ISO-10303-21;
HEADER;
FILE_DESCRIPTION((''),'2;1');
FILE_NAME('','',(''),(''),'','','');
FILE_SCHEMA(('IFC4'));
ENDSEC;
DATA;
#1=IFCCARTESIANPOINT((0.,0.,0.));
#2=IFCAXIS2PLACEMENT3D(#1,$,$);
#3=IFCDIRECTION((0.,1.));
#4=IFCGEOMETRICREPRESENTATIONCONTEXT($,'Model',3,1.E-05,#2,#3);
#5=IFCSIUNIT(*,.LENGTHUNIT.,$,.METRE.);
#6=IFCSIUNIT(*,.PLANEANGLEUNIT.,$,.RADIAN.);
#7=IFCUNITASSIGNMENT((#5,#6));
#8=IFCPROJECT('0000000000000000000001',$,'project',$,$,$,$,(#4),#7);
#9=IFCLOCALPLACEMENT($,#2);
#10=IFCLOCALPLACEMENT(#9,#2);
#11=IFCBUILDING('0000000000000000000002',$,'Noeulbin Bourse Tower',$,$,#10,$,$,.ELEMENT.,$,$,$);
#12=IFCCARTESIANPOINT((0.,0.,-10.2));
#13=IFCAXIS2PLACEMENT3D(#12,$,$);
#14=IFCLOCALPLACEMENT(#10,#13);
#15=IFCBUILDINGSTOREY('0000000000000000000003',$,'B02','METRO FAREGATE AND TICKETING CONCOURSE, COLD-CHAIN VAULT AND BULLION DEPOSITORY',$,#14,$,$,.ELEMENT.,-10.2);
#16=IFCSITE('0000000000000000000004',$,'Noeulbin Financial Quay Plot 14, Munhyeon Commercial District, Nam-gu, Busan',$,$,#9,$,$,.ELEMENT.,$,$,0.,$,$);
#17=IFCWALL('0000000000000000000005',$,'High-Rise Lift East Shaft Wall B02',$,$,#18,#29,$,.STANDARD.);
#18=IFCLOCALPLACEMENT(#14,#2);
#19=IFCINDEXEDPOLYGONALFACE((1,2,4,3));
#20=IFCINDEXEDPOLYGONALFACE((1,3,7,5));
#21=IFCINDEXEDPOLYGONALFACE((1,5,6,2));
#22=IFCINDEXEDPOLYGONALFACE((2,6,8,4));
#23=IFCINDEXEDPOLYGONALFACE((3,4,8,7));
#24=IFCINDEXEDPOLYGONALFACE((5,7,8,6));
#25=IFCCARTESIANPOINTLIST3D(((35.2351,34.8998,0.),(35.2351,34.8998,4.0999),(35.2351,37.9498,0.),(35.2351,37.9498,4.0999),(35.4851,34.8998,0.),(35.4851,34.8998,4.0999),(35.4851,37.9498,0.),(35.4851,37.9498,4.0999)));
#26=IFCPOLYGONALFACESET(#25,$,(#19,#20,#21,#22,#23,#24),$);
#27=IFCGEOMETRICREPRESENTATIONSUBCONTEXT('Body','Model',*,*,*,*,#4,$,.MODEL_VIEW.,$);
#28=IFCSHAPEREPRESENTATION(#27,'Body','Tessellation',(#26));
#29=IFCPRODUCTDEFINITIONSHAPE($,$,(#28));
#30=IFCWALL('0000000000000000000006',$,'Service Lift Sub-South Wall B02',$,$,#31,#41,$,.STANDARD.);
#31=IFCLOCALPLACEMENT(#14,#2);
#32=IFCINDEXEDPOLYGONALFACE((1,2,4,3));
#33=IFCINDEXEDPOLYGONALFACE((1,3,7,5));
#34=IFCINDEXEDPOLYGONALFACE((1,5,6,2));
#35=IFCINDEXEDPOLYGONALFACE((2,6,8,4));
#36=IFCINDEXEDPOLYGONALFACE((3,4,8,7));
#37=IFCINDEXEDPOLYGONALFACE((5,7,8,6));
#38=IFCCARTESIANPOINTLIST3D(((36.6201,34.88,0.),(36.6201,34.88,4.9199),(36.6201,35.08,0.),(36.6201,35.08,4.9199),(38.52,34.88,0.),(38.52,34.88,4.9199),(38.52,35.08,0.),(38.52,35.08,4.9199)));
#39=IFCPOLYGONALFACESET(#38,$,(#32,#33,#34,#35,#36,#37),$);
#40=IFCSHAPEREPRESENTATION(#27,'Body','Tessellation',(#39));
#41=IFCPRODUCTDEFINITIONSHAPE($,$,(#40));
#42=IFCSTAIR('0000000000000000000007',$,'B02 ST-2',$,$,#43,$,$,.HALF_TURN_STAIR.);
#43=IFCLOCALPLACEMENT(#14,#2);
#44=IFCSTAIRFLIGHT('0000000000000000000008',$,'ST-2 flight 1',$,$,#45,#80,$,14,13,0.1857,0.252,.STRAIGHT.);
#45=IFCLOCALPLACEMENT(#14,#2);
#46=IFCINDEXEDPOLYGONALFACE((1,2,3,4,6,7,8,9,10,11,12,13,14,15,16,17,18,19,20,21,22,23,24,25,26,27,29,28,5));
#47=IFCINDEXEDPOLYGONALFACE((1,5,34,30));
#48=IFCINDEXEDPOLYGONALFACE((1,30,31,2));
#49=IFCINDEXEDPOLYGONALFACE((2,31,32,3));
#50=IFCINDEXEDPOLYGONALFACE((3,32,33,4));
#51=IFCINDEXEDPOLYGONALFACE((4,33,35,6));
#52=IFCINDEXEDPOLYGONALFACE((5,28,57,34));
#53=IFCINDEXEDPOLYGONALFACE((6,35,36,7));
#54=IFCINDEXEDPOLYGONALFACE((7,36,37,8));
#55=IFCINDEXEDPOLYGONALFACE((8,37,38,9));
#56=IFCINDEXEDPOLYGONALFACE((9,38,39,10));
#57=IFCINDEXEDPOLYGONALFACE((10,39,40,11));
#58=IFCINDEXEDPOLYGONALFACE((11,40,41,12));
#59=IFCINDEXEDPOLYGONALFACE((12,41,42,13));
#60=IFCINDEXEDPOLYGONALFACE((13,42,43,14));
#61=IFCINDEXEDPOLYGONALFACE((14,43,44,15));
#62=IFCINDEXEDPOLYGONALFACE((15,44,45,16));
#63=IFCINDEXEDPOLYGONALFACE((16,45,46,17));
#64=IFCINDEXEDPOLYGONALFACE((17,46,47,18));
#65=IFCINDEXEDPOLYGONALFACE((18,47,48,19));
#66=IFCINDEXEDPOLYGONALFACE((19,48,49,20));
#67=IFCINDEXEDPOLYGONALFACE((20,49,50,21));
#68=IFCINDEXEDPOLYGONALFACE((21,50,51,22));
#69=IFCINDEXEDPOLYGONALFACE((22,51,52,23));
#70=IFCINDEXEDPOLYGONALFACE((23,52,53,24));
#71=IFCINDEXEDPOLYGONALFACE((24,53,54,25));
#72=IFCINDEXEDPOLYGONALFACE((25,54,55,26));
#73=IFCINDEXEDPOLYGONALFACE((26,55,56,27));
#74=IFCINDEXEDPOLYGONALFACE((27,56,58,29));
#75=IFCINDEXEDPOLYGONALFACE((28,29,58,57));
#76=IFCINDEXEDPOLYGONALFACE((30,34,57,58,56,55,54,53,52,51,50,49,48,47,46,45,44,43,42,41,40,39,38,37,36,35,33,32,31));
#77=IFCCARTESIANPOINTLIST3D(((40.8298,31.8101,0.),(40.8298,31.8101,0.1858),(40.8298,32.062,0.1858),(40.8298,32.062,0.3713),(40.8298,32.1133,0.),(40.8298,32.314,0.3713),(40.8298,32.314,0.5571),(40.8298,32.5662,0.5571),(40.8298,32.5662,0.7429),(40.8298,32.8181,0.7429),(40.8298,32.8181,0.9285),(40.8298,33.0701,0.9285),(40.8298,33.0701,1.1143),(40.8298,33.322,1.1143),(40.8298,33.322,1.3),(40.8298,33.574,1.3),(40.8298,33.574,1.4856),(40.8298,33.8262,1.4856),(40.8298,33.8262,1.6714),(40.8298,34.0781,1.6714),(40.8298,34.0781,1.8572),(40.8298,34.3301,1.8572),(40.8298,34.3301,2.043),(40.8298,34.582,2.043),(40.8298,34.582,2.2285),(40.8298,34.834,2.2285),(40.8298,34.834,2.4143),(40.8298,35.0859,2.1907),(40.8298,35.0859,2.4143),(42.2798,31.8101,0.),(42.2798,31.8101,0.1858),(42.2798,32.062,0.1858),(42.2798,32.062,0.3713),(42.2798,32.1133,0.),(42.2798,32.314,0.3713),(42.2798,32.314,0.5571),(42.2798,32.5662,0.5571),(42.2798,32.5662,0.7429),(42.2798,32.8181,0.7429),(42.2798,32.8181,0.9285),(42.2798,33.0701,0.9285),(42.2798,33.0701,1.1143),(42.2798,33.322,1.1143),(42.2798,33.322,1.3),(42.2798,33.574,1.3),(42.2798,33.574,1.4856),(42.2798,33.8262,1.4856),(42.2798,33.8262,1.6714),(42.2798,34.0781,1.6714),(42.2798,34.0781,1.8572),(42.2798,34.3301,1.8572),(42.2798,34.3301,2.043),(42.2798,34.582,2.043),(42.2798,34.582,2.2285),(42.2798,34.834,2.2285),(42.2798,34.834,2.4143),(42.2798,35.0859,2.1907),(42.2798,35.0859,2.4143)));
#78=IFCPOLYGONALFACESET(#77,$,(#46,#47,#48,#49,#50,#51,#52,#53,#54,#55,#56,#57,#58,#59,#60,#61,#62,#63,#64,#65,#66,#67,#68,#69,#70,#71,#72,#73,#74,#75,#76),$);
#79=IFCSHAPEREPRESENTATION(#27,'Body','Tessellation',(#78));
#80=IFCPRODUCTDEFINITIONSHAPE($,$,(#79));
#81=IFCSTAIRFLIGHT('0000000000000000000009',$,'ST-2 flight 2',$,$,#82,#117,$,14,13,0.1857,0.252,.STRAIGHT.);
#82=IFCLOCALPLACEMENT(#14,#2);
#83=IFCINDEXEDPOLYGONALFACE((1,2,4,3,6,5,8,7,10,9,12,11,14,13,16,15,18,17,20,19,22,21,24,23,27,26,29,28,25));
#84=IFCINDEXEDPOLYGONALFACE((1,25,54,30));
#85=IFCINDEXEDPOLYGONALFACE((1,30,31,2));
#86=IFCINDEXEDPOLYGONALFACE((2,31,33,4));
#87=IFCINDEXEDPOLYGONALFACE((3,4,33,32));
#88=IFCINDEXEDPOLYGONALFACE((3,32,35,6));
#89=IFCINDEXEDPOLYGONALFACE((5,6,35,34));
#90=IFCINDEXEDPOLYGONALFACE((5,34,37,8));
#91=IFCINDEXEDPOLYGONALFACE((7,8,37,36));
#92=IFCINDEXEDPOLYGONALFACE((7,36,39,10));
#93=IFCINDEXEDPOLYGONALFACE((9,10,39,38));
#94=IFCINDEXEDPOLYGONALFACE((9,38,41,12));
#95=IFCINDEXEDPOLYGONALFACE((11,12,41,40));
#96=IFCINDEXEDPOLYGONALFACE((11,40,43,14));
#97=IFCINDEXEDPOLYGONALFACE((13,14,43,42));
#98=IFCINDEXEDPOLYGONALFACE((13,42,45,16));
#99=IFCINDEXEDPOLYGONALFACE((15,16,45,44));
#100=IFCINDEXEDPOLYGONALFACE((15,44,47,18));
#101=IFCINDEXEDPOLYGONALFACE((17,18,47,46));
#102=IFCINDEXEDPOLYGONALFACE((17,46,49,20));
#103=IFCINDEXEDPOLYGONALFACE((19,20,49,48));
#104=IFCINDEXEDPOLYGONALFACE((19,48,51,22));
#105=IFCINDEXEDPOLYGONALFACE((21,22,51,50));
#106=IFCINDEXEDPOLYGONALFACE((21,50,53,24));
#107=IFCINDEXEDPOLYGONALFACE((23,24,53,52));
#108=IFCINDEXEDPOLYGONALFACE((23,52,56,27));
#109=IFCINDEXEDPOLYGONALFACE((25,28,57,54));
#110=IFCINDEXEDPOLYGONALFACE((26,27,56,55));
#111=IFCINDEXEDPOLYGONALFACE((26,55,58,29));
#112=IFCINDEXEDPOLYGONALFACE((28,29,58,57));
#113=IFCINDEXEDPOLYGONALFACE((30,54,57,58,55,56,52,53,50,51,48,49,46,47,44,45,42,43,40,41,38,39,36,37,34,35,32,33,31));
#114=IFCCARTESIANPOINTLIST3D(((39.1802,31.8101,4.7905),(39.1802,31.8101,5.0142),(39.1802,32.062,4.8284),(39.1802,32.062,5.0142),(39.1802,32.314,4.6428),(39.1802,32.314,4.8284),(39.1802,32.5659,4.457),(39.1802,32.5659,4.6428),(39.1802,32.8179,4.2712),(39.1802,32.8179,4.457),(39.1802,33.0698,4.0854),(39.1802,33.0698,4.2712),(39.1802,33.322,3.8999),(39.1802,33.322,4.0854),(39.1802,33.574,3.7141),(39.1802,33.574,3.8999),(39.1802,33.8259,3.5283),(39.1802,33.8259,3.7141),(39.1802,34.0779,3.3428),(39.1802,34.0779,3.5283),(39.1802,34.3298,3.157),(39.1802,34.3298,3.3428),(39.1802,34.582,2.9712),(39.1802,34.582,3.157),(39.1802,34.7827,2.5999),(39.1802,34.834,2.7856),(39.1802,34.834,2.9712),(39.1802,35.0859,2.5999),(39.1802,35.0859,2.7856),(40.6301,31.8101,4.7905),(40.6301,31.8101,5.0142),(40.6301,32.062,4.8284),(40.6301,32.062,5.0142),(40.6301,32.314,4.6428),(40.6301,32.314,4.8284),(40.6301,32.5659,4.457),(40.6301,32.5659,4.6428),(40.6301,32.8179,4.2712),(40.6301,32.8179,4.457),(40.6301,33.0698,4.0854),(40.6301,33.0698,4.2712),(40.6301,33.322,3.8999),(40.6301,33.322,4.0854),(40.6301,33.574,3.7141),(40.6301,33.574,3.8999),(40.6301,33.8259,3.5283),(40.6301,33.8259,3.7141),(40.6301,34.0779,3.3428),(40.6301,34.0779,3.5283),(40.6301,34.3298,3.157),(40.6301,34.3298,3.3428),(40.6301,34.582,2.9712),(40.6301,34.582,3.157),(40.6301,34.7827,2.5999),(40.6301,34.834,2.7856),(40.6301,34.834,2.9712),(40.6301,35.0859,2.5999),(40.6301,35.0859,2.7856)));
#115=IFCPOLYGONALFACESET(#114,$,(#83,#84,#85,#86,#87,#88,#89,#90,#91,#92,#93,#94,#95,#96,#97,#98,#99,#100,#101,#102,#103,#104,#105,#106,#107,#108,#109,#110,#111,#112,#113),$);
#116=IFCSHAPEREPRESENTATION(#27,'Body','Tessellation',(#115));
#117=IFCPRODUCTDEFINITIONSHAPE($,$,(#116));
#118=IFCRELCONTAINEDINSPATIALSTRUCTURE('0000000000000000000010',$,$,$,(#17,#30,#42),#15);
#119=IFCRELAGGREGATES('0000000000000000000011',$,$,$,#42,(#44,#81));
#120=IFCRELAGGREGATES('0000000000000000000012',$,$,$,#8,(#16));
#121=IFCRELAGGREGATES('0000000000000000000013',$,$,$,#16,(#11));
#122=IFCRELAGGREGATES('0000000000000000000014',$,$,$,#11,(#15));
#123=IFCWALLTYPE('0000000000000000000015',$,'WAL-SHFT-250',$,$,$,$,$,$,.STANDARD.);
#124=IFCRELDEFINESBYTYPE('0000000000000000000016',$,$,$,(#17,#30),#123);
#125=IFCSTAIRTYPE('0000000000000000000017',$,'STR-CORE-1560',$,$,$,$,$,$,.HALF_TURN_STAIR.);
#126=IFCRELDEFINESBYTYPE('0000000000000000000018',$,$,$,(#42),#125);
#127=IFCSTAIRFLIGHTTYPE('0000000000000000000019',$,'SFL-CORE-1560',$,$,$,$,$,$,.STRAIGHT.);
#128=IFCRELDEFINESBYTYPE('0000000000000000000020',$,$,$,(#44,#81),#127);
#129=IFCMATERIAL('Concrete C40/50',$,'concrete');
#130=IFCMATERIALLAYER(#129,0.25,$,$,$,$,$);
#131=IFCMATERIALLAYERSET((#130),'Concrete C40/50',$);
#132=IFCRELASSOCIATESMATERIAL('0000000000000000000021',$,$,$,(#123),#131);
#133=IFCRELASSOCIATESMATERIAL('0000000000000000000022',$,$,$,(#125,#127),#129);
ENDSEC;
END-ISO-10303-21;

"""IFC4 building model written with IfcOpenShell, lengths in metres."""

from ifc_helpers import new_model, si_unit, direction, frame, frame_2d, origin, place, context, subcontext, project, spatial, polyline, rectangle, outline, extrude, material, layer, layer_set, type_object, element, aggregate, save


model = new_model("IFC4")

# Units and contexts
model_context = context("Model", 3, precision=1e-05, world=origin(), true_north=direction((0.0, 1.0)))
body_context = subcontext(model_context, "Body", "Model", "MODEL_VIEW")
ifc_project = project(units=[si_unit("LENGTHUNIT", "METRE"), si_unit("PLANEANGLEUNIT", "RADIAN")], contexts=[model_context])

# Site, building, storey
site_placement = place(None, origin())
site = spatial("IfcSite", under=ifc_project, at=site_placement, Name="Noeulbin Financial Quay Plot 14, Munhyeon Commercial District, Nam-gu, Busan", CompositionType="ELEMENT", RefElevation=0.0)
building_placement = place(site_placement, origin())
building = spatial("IfcBuilding", under=site, at=building_placement, Name="Noeulbin Bourse Tower", CompositionType="ELEMENT")
storey_placement = place(building_placement, frame((0.0, 0.0, -10.2)))
storey = spatial("IfcBuildingStorey", under=building, at=storey_placement, Name="B02", Description="METRO FAREGATE AND TICKETING CONCOURSE, COLD-CHAIN VAULT AND BULLION DEPOSITORY", CompositionType="ELEMENT", Elevation=-10.2)

# Shared definitions
ifc_material_1 = material(Name="Concrete C40/50", Category="concrete")

# Shared definitions
ifc_layer_1 = layer(ifc_material_1, 0.25)
ifc_layer_set_1 = layer_set([ifc_layer_1], Name="Concrete C40/50")
wall_type_1 = type_object("IfcWallType", Name="WAL-SHFT-250", PredefinedType="STANDARD", material=ifc_layer_set_1)

# Walls
wall_1_placement = place(storey_placement, frame((35.3601, 34.8999, 0.0), z_axis=(0.0, 0.0, 1.0), x_axis=(0.0, 1.0, 0.0)))
element("IfcWall", 1, at=wall_1_placement, inside=storey, type_object=wall_type_1, Name="High-Rise Lift East Shaft Wall B02", PredefinedType="STANDARD", context=body_context, shape_type="SweptSolid", body=[
    extrude(rectangle(XDim=3.05, YDim=0.25, at=frame_2d((1.5249, 0.0))), origin(), (0.0, 0.0, 1.0), 4.0999),
])
wall_2_placement = place(storey_placement, frame((36.6201, 34.98, 0.0), z_axis=(0.0, 0.0, 1.0), x_axis=(1.0, 0.0, 0.0)))
element("IfcWall", 2, at=wall_2_placement, inside=storey, type_object=wall_type_1, Name="Service Lift Sub-South Wall B02", PredefinedType="STANDARD", context=body_context, shape_type="SweptSolid", body=[
    extrude(rectangle(XDim=1.8999, YDim=0.2, at=frame_2d((0.95, 0.0))), origin(), (0.0, 0.0, 1.0), 4.9199),
])

# Stair, stair flights
stair_type = type_object("IfcStairType", Name="STR-CORE-1560", PredefinedType="HALF_TURN_STAIR", material=ifc_material_1)
stair_placement = place(storey_placement, origin())
stair = element("IfcStair", 3, at=stair_placement, inside=storey, type_object=stair_type, Name="B02 ST-2", PredefinedType="HALF_TURN_STAIR")
stair_flight_type = type_object("IfcStairFlightType", Name="SFL-CORE-1560", PredefinedType="STRAIGHT", material=ifc_material_1)
stair_flight_1_placement = place(storey_placement, frame((41.5549, 31.8101, 0.0), z_axis=(0.0, 0.0, 1.0), x_axis=(0.0, 1.0, 0.0)))
stair_flight_1 = element("IfcStairFlight", 4, at=stair_flight_1_placement, type_object=stair_flight_type, Name="ST-2 flight 1", NumberOfRisers=14, NumberOfTreads=13, PredefinedType="STRAIGHT", RiserHeight=0.1857, TreadLength=0.252, context=body_context, shape_type="SweptSolid", body=[
    extrude(outline(polyline([(0.0, 0.0), (0.0, 0.1858), (0.252, 0.1858), (0.252, 0.3713), (0.5039, 0.3713), (0.5039, 0.5571), (0.7561, 0.5571), (0.7561, 0.7429), (1.0081, 0.7429), (1.0081, 0.9285), (1.26, 0.9285), (1.26, 1.1143), (1.512, 1.1143), (1.512, 1.3), (1.7639, 1.3), (1.7639, 1.4856), (2.0161, 1.4856), (2.0161, 1.6714), (2.2681, 1.6714), (2.2681, 1.8572), (2.52, 1.8572), (2.52, 2.043), (2.772, 2.043), (2.772, 2.2285), (3.0239, 2.2285), (3.0239, 2.4143), (3.2759, 2.4143), (3.2759, 2.6001), (3.2759, 2.1907), (0.3032, 0.0), (0.0, 0.0)])), frame((0.0, 0.7251, 0.0), z_axis=(0.0, -1.0, 0.0), x_axis=(1.0, 0.0, 0.0)), (0.0, 0.0, 1.0), 1.45),
])
stair_flight_2_placement = place(storey_placement, frame((39.905, 35.0859, 2.5999), z_axis=(0.0, 0.0, 1.0), x_axis=(0.0, -1.0, 0.0)))
stair_flight_2 = element("IfcStairFlight", 5, at=stair_flight_2_placement, type_object=stair_flight_type, Name="ST-2 flight 2", NumberOfRisers=14, NumberOfTreads=13, PredefinedType="STRAIGHT", RiserHeight=0.1857, TreadLength=0.252, context=body_context, shape_type="SweptSolid", body=[
    extrude(outline(polyline([(0.0, 0.0), (0.0, 0.1858), (0.252, 0.1858), (0.252, 0.3713), (0.5039, 0.3713), (0.5039, 0.5571), (0.7561, 0.5571), (0.7561, 0.7429), (1.0081, 0.7429), (1.0081, 0.9285), (1.26, 0.9285), (1.26, 1.1143), (1.512, 1.1143), (1.512, 1.3), (1.7639, 1.3), (1.7639, 1.4856), (2.0161, 1.4856), (2.0161, 1.6714), (2.2681, 1.6714), (2.2681, 1.8572), (2.52, 1.8572), (2.52, 2.043), (2.772, 2.043), (2.772, 2.2285), (3.0239, 2.2285), (3.0239, 2.4143), (3.2759, 2.4143), (3.2759, 2.6001), (3.2759, 2.1907), (0.3032, 0.0), (0.0, 0.0)])), frame((0.0, 0.7251, 0.0), z_axis=(0.0, -1.0, 0.0), x_axis=(1.0, 0.0, 0.0)), (0.0, 0.0, 1.0), 1.45),
])
aggregate(stair, [stair_flight_1, stair_flight_2])

save(model, "model.ifc")
